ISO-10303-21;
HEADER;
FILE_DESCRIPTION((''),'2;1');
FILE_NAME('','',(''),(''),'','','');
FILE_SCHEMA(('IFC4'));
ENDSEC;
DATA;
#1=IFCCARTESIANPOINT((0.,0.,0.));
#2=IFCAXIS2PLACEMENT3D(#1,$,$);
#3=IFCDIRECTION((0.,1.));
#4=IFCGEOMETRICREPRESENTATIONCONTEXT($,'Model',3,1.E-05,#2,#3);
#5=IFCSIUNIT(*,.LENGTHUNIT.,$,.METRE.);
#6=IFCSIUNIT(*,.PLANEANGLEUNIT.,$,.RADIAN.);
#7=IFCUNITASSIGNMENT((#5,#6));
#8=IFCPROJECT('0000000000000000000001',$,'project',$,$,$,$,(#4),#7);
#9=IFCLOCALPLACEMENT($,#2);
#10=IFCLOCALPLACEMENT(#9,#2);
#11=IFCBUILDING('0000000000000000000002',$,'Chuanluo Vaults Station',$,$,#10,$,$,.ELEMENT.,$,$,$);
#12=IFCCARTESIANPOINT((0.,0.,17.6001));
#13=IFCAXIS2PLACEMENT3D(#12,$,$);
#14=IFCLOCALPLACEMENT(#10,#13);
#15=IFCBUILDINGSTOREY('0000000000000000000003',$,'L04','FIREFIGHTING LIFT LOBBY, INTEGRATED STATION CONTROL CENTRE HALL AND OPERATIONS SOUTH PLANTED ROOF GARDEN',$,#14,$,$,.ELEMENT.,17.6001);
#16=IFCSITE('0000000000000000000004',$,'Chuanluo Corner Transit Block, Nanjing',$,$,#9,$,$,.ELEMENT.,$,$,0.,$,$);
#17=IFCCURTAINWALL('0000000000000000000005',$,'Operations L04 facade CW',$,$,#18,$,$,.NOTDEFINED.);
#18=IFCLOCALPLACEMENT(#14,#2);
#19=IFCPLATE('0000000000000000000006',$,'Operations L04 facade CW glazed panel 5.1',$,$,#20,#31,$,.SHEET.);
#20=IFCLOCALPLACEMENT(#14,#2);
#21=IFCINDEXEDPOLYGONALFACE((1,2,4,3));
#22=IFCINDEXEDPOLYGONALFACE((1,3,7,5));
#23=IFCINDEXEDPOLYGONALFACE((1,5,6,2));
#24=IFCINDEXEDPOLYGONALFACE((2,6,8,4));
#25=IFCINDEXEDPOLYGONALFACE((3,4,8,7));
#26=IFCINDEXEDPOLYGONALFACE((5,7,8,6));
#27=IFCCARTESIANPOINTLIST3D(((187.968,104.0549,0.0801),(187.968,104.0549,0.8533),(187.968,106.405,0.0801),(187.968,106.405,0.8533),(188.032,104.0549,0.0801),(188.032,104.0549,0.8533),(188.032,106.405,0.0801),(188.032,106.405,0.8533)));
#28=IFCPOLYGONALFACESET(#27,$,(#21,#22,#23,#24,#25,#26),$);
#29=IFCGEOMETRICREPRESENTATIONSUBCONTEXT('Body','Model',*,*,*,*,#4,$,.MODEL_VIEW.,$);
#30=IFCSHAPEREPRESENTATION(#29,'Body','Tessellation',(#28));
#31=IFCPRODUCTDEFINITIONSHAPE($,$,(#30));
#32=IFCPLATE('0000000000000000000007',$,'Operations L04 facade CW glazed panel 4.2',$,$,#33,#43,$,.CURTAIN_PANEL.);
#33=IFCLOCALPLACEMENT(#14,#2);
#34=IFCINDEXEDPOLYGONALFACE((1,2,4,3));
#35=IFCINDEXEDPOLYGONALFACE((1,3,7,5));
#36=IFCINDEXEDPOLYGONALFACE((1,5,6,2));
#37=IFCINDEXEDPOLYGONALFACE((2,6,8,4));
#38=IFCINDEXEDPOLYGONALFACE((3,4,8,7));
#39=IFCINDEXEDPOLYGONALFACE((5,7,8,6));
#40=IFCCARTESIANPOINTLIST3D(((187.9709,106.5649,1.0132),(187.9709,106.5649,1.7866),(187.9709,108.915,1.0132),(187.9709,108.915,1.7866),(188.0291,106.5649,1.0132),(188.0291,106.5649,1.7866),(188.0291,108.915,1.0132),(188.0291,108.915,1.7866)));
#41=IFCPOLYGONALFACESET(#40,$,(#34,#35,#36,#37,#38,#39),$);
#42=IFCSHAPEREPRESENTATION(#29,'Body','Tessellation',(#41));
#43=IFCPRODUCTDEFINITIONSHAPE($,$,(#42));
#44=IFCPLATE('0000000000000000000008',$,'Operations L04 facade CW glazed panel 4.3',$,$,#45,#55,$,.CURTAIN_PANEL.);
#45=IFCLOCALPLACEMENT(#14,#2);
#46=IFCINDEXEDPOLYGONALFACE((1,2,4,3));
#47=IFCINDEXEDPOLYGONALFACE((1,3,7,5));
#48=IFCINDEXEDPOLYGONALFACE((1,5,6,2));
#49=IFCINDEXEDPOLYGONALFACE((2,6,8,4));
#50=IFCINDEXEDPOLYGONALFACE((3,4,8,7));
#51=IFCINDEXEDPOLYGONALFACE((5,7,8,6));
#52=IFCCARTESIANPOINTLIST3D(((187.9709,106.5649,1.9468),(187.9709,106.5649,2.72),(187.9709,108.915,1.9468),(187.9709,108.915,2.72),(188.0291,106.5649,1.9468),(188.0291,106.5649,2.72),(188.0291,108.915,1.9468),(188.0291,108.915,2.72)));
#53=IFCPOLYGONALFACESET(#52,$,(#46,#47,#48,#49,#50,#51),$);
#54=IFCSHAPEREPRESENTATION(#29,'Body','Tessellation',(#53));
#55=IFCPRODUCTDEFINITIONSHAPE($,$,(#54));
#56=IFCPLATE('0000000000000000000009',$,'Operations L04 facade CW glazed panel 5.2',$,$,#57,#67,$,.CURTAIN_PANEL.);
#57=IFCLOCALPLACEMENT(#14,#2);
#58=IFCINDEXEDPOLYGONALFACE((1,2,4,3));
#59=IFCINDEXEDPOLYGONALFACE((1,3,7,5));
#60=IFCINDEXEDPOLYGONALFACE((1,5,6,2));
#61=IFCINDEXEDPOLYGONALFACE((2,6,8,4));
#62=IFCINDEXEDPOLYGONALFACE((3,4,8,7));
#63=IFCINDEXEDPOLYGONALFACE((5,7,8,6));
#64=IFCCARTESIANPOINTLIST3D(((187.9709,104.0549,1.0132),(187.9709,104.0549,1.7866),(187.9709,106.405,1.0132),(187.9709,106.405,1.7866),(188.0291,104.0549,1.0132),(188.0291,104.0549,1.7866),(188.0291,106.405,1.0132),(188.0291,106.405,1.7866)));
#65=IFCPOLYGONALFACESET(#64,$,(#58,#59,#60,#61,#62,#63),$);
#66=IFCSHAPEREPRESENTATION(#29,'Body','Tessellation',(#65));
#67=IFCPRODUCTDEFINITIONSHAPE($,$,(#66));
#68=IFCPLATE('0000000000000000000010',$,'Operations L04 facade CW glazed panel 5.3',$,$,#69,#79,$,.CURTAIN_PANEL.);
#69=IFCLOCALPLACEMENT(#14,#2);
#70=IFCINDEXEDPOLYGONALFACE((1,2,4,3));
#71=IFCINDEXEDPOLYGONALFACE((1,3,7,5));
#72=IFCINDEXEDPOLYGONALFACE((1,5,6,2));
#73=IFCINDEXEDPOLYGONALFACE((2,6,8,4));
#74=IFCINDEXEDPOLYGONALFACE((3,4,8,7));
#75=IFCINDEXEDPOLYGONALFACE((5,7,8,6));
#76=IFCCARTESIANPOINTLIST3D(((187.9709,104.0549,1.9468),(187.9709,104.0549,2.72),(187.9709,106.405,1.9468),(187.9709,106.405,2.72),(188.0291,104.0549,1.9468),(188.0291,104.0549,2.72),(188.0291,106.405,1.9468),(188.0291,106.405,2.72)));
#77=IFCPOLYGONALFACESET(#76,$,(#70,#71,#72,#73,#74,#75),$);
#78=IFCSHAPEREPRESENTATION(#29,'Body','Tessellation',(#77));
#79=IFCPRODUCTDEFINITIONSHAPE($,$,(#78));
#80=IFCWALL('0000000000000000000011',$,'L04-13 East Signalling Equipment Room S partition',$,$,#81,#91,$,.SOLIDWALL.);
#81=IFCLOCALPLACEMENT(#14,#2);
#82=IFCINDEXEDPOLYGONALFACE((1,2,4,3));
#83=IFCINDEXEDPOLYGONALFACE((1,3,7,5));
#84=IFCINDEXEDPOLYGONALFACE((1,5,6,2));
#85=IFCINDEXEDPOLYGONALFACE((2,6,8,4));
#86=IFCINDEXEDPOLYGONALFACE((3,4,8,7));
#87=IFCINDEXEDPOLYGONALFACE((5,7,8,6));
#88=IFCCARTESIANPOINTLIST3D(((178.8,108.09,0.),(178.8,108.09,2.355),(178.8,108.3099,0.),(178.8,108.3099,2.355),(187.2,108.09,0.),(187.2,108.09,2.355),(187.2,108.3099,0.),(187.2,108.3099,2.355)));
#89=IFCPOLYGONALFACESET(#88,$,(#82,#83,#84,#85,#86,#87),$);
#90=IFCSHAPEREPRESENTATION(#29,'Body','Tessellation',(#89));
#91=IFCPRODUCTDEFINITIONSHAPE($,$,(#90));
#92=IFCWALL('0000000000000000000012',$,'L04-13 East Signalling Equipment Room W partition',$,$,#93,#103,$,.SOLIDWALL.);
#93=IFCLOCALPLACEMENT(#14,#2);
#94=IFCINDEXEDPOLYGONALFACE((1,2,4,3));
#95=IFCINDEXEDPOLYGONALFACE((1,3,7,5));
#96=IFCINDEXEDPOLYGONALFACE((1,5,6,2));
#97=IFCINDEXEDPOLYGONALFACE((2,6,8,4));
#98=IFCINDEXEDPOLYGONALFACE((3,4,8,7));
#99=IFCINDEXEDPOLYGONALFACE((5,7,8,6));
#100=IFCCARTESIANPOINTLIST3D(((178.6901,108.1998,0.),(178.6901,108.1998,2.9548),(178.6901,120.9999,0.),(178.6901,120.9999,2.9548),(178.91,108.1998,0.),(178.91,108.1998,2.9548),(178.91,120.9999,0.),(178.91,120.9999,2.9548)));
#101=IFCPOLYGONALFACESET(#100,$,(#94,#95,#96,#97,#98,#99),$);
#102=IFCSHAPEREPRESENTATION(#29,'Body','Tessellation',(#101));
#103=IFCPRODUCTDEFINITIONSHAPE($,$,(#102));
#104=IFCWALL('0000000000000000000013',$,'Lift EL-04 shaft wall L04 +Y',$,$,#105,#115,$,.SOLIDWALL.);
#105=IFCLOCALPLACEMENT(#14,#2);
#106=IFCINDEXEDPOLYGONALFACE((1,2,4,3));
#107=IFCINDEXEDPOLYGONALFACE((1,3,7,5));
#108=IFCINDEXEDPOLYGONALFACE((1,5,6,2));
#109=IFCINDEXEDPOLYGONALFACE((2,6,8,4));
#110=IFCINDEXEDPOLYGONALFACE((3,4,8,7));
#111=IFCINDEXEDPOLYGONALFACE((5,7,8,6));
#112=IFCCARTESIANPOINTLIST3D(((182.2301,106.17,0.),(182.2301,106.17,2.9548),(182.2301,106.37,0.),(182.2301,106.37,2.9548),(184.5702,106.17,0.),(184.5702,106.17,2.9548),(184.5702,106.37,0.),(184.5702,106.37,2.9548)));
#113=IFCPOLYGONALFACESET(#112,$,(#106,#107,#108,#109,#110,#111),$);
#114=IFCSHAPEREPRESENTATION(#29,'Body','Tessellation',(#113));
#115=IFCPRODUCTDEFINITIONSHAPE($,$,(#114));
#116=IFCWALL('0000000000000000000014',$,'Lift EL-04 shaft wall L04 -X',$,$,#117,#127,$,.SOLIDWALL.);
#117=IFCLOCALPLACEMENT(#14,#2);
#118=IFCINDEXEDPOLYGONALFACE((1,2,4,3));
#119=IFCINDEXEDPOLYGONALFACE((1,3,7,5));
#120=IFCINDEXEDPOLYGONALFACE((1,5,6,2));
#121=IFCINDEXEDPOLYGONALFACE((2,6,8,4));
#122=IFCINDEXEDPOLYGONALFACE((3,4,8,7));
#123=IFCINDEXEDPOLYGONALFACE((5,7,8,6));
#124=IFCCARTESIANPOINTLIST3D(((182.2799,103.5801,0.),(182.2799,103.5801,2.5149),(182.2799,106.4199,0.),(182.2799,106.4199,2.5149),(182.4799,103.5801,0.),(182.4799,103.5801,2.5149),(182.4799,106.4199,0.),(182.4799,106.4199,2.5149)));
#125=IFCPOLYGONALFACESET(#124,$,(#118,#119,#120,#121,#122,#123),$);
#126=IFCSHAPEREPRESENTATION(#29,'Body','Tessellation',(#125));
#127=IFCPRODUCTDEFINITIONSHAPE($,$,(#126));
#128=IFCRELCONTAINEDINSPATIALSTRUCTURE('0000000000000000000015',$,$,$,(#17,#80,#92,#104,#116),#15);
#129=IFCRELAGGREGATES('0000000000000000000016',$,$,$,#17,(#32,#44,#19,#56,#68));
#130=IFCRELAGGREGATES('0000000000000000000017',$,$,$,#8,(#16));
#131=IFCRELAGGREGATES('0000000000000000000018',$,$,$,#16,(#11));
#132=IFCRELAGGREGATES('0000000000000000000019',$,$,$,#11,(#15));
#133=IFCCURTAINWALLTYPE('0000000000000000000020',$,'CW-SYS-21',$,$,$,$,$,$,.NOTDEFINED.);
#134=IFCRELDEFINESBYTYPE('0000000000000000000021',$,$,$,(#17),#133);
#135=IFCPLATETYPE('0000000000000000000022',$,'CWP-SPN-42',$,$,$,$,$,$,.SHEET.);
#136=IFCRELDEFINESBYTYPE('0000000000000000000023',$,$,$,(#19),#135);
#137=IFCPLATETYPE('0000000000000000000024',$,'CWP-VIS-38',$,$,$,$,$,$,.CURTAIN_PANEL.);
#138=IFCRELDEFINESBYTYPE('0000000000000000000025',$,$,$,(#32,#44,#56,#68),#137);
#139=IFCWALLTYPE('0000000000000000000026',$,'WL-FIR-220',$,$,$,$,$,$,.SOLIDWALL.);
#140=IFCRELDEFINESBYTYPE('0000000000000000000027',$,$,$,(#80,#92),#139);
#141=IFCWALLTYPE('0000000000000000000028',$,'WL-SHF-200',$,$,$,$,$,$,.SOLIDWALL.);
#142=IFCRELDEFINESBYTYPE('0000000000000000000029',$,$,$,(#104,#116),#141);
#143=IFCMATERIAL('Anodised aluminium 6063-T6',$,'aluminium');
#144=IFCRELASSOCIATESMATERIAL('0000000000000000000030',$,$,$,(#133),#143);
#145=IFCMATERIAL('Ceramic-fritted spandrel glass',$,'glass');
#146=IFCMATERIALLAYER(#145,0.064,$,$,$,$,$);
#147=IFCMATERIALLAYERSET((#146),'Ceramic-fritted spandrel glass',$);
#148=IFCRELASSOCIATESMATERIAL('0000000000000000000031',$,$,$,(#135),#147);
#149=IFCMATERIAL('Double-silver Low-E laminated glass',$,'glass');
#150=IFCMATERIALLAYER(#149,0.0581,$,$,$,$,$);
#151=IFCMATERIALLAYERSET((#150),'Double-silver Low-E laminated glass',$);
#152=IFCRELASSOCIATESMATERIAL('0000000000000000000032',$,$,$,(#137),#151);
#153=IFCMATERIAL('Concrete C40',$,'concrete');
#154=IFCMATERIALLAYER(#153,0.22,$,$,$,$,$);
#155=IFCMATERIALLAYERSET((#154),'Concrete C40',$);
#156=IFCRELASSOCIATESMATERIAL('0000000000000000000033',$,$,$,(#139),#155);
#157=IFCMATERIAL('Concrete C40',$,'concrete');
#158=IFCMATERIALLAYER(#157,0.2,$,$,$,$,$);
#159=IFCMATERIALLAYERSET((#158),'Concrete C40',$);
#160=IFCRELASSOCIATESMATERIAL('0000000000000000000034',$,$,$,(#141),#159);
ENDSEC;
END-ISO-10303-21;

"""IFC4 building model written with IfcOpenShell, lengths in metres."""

from ifc_helpers import new_model, si_unit, direction, frame, frame_2d, origin, origin_2d, place, context, subcontext, project, spatial, rectangle, extrude, material, layer, layer_set, type_object, element, aggregate, save


model = new_model("IFC4")

# Units and contexts
model_context = context("Model", 3, precision=1e-05, world=origin(), true_north=direction((0.0, 1.0)))
body_context = subcontext(model_context, "Body", "Model", "MODEL_VIEW")
ifc_project = project(units=[si_unit("LENGTHUNIT", "METRE"), si_unit("PLANEANGLEUNIT", "RADIAN")], contexts=[model_context])

# Site, building, storey
site_placement = place(None, origin())
site = spatial("IfcSite", under=ifc_project, at=site_placement, Name="Chuanluo Corner Transit Block, Nanjing", CompositionType="ELEMENT", RefElevation=0.0)
building_placement = place(site_placement, origin())
building = spatial("IfcBuilding", under=site, at=building_placement, Name="Chuanluo Vaults Station", CompositionType="ELEMENT")
storey_placement = place(building_placement, frame((0.0, 0.0, 17.6001)))
storey = spatial("IfcBuildingStorey", under=building, at=storey_placement, Name="L04", Description="FIREFIGHTING LIFT LOBBY, INTEGRATED STATION CONTROL CENTRE HALL AND OPERATIONS SOUTH PLANTED ROOF GARDEN", CompositionType="ELEMENT", Elevation=17.6001)

# Curtain wall, plates
ifc_material_1 = material(Name="Anodised aluminium 6063-T6", Category="aluminium")
curtain_wall_type = type_object("IfcCurtainWallType", Name="CW-SYS-21", PredefinedType="NOTDEFINED", material=ifc_material_1)
curtain_wall_placement = place(storey_placement, origin())
curtain_wall = element("IfcCurtainWall", 1, at=curtain_wall_placement, inside=storey, type_object=curtain_wall_type, Name="Operations L04 facade CW", PredefinedType="NOTDEFINED")
ifc_material_2 = material(Name="Ceramic-fritted spandrel glass", Category="glass")
ifc_layer_1 = layer(ifc_material_2, 0.064)
ifc_layer_set_1 = layer_set([ifc_layer_1], Name="Ceramic-fritted spandrel glass")
plate_type_1 = type_object("IfcPlateType", Name="CWP-SPN-42", PredefinedType="SHEET", material=ifc_layer_set_1)
plate_1_placement = place(storey_placement, frame((188.0, 105.23, 0.0801), z_axis=(0.0, 0.0, 1.0), x_axis=(0.0, -1.0, 0.0)))
plate_1 = element("IfcPlate", 2, at=plate_1_placement, type_object=plate_type_1, Name="Operations L04 facade CW glazed panel 5.1", PredefinedType="SHEET", context=body_context, shape_type="SweptSolid", body=[
    extrude(rectangle(XDim=2.3501, YDim=0.064, at=origin_2d()), origin(), (0.0, 0.0, 1.0), 0.7732),
])
ifc_material_3 = material(Name="Double-silver Low-E laminated glass", Category="glass")
ifc_layer_2 = layer(ifc_material_3, 0.0581)
ifc_layer_set_2 = layer_set([ifc_layer_2], Name="Double-silver Low-E laminated glass")
plate_type_2 = type_object("IfcPlateType", Name="CWP-VIS-38", PredefinedType="CURTAIN_PANEL", material=ifc_layer_set_2)
plate_2_placement = place(storey_placement, frame((188.0, 107.74, 1.0132), z_axis=(0.0, 0.0, 1.0), x_axis=(0.0, -1.0, 0.0)))
plate_2 = element("IfcPlate", 3, at=plate_2_placement, type_object=plate_type_2, Name="Operations L04 facade CW glazed panel 4.2", PredefinedType="CURTAIN_PANEL", context=body_context, shape_type="SweptSolid", body=[
    extrude(rectangle(XDim=2.3501, YDim=0.0581, at=origin_2d()), origin(), (0.0, 0.0, 1.0), 0.7734),
])
plate_3_placement = place(storey_placement, frame((188.0, 107.74, 1.9468), z_axis=(0.0, 0.0, 1.0), x_axis=(0.0, -1.0, 0.0)))
plate_3 = element("IfcPlate", 4, at=plate_3_placement, type_object=plate_type_2, Name="Operations L04 facade CW glazed panel 4.3", PredefinedType="CURTAIN_PANEL", context=body_context, shape_type="SweptSolid", body=[
    extrude(rectangle(XDim=2.3501, YDim=0.0581, at=origin_2d()), origin(), (0.0, 0.0, 1.0), 0.7732),
])
plate_4_placement = place(storey_placement, frame((188.0, 105.23, 1.0132), z_axis=(0.0, 0.0, 1.0), x_axis=(0.0, -1.0, 0.0)))
plate_4 = element("IfcPlate", 5, at=plate_4_placement, type_object=plate_type_2, Name="Operations L04 facade CW glazed panel 5.2", PredefinedType="CURTAIN_PANEL", context=body_context, shape_type="SweptSolid", body=[
    extrude(rectangle(XDim=2.3501, YDim=0.0581, at=origin_2d()), origin(), (0.0, 0.0, 1.0), 0.7734),
])
plate_5_placement = place(storey_placement, frame((188.0, 105.23, 1.9468), z_axis=(0.0, 0.0, 1.0), x_axis=(0.0, -1.0, 0.0)))
plate_5 = element("IfcPlate", 6, at=plate_5_placement, type_object=plate_type_2, Name="Operations L04 facade CW glazed panel 5.3", PredefinedType="CURTAIN_PANEL", context=body_context, shape_type="SweptSolid", body=[
    extrude(rectangle(XDim=2.3501, YDim=0.0581, at=origin_2d()), origin(), (0.0, 0.0, 1.0), 0.7732),
])
aggregate(curtain_wall, [plate_2, plate_3, plate_1, plate_4, plate_5])

# Walls
ifc_material_4 = material(Name="Concrete C40", Category="concrete")
ifc_layer_3 = layer(ifc_material_4, 0.22)
ifc_layer_set_3 = layer_set([ifc_layer_3], Name="Concrete C40")
wall_type_1 = type_object("IfcWallType", Name="WL-FIR-220", PredefinedType="SOLIDWALL", material=ifc_layer_set_3)
wall_1_placement = place(storey_placement, frame((187.2, 108.2, 0.0), z_axis=(0.0, 0.0, 1.0), x_axis=(-1.0, 0.0, 0.0)))
element("IfcWall", 7, at=wall_1_placement, inside=storey, type_object=wall_type_1, Name="L04-13 East Signalling Equipment Room S partition", PredefinedType="SOLIDWALL", context=body_context, shape_type="SweptSolid", body=[
    extrude(rectangle(XDim=8.3999, YDim=0.22, at=frame_2d((4.2, 0.0))), origin(), (0.0, 0.0, 1.0), 2.355),
])
wall_2_placement = place(storey_placement, frame((178.8, 108.2, 0.0), z_axis=(0.0, 0.0, 1.0), x_axis=(0.0, 1.0, 0.0)))
element("IfcWall", 8, at=wall_2_placement, inside=storey, type_object=wall_type_1, Name="L04-13 East Signalling Equipment Room W partition", PredefinedType="SOLIDWALL", context=body_context, shape_type="SweptSolid", body=[
    extrude(rectangle(XDim=12.8, YDim=0.22, at=frame_2d((6.3999, 0.0))), origin(), (0.0, 0.0, 1.0), 2.9548),
])
ifc_material_5 = material(Name="Concrete C40", Category="concrete")
ifc_layer_4 = layer(ifc_material_5, 0.2)
ifc_layer_set_4 = layer_set([ifc_layer_4], Name="Concrete C40")
wall_type_2 = type_object("IfcWallType", Name="WL-SHF-200", PredefinedType="SOLIDWALL", material=ifc_layer_set_4)
wall_3_placement = place(storey_placement, frame((184.5701, 106.27, 0.0), z_axis=(0.0, 0.0, 1.0), x_axis=(-1.0, 0.0, 0.0)))
element("IfcWall", 9, at=wall_3_placement, inside=storey, type_object=wall_type_2, Name="Lift EL-04 shaft wall L04 +Y", PredefinedType="SOLIDWALL", context=body_context, shape_type="SweptSolid", body=[
    extrude(rectangle(XDim=2.3401, YDim=0.2, at=frame_2d((1.1699, 0.0))), origin(), (0.0, 0.0, 1.0), 2.9548),
])
wall_4_placement = place(storey_placement, frame((182.3799, 106.4199, 0.0), z_axis=(0.0, 0.0, 1.0), x_axis=(0.0, -1.0, 0.0)))
element("IfcWall", 10, at=wall_4_placement, inside=storey, type_object=wall_type_2, Name="Lift EL-04 shaft wall L04 -X", PredefinedType="SOLIDWALL", context=body_context, shape_type="SweptSolid", body=[
    extrude(rectangle(XDim=2.8398, YDim=0.2, at=frame_2d((1.4199, 0.0))), origin(), (0.0, 0.0, 1.0), 2.5149),
])

save(model, "model.ifc")
